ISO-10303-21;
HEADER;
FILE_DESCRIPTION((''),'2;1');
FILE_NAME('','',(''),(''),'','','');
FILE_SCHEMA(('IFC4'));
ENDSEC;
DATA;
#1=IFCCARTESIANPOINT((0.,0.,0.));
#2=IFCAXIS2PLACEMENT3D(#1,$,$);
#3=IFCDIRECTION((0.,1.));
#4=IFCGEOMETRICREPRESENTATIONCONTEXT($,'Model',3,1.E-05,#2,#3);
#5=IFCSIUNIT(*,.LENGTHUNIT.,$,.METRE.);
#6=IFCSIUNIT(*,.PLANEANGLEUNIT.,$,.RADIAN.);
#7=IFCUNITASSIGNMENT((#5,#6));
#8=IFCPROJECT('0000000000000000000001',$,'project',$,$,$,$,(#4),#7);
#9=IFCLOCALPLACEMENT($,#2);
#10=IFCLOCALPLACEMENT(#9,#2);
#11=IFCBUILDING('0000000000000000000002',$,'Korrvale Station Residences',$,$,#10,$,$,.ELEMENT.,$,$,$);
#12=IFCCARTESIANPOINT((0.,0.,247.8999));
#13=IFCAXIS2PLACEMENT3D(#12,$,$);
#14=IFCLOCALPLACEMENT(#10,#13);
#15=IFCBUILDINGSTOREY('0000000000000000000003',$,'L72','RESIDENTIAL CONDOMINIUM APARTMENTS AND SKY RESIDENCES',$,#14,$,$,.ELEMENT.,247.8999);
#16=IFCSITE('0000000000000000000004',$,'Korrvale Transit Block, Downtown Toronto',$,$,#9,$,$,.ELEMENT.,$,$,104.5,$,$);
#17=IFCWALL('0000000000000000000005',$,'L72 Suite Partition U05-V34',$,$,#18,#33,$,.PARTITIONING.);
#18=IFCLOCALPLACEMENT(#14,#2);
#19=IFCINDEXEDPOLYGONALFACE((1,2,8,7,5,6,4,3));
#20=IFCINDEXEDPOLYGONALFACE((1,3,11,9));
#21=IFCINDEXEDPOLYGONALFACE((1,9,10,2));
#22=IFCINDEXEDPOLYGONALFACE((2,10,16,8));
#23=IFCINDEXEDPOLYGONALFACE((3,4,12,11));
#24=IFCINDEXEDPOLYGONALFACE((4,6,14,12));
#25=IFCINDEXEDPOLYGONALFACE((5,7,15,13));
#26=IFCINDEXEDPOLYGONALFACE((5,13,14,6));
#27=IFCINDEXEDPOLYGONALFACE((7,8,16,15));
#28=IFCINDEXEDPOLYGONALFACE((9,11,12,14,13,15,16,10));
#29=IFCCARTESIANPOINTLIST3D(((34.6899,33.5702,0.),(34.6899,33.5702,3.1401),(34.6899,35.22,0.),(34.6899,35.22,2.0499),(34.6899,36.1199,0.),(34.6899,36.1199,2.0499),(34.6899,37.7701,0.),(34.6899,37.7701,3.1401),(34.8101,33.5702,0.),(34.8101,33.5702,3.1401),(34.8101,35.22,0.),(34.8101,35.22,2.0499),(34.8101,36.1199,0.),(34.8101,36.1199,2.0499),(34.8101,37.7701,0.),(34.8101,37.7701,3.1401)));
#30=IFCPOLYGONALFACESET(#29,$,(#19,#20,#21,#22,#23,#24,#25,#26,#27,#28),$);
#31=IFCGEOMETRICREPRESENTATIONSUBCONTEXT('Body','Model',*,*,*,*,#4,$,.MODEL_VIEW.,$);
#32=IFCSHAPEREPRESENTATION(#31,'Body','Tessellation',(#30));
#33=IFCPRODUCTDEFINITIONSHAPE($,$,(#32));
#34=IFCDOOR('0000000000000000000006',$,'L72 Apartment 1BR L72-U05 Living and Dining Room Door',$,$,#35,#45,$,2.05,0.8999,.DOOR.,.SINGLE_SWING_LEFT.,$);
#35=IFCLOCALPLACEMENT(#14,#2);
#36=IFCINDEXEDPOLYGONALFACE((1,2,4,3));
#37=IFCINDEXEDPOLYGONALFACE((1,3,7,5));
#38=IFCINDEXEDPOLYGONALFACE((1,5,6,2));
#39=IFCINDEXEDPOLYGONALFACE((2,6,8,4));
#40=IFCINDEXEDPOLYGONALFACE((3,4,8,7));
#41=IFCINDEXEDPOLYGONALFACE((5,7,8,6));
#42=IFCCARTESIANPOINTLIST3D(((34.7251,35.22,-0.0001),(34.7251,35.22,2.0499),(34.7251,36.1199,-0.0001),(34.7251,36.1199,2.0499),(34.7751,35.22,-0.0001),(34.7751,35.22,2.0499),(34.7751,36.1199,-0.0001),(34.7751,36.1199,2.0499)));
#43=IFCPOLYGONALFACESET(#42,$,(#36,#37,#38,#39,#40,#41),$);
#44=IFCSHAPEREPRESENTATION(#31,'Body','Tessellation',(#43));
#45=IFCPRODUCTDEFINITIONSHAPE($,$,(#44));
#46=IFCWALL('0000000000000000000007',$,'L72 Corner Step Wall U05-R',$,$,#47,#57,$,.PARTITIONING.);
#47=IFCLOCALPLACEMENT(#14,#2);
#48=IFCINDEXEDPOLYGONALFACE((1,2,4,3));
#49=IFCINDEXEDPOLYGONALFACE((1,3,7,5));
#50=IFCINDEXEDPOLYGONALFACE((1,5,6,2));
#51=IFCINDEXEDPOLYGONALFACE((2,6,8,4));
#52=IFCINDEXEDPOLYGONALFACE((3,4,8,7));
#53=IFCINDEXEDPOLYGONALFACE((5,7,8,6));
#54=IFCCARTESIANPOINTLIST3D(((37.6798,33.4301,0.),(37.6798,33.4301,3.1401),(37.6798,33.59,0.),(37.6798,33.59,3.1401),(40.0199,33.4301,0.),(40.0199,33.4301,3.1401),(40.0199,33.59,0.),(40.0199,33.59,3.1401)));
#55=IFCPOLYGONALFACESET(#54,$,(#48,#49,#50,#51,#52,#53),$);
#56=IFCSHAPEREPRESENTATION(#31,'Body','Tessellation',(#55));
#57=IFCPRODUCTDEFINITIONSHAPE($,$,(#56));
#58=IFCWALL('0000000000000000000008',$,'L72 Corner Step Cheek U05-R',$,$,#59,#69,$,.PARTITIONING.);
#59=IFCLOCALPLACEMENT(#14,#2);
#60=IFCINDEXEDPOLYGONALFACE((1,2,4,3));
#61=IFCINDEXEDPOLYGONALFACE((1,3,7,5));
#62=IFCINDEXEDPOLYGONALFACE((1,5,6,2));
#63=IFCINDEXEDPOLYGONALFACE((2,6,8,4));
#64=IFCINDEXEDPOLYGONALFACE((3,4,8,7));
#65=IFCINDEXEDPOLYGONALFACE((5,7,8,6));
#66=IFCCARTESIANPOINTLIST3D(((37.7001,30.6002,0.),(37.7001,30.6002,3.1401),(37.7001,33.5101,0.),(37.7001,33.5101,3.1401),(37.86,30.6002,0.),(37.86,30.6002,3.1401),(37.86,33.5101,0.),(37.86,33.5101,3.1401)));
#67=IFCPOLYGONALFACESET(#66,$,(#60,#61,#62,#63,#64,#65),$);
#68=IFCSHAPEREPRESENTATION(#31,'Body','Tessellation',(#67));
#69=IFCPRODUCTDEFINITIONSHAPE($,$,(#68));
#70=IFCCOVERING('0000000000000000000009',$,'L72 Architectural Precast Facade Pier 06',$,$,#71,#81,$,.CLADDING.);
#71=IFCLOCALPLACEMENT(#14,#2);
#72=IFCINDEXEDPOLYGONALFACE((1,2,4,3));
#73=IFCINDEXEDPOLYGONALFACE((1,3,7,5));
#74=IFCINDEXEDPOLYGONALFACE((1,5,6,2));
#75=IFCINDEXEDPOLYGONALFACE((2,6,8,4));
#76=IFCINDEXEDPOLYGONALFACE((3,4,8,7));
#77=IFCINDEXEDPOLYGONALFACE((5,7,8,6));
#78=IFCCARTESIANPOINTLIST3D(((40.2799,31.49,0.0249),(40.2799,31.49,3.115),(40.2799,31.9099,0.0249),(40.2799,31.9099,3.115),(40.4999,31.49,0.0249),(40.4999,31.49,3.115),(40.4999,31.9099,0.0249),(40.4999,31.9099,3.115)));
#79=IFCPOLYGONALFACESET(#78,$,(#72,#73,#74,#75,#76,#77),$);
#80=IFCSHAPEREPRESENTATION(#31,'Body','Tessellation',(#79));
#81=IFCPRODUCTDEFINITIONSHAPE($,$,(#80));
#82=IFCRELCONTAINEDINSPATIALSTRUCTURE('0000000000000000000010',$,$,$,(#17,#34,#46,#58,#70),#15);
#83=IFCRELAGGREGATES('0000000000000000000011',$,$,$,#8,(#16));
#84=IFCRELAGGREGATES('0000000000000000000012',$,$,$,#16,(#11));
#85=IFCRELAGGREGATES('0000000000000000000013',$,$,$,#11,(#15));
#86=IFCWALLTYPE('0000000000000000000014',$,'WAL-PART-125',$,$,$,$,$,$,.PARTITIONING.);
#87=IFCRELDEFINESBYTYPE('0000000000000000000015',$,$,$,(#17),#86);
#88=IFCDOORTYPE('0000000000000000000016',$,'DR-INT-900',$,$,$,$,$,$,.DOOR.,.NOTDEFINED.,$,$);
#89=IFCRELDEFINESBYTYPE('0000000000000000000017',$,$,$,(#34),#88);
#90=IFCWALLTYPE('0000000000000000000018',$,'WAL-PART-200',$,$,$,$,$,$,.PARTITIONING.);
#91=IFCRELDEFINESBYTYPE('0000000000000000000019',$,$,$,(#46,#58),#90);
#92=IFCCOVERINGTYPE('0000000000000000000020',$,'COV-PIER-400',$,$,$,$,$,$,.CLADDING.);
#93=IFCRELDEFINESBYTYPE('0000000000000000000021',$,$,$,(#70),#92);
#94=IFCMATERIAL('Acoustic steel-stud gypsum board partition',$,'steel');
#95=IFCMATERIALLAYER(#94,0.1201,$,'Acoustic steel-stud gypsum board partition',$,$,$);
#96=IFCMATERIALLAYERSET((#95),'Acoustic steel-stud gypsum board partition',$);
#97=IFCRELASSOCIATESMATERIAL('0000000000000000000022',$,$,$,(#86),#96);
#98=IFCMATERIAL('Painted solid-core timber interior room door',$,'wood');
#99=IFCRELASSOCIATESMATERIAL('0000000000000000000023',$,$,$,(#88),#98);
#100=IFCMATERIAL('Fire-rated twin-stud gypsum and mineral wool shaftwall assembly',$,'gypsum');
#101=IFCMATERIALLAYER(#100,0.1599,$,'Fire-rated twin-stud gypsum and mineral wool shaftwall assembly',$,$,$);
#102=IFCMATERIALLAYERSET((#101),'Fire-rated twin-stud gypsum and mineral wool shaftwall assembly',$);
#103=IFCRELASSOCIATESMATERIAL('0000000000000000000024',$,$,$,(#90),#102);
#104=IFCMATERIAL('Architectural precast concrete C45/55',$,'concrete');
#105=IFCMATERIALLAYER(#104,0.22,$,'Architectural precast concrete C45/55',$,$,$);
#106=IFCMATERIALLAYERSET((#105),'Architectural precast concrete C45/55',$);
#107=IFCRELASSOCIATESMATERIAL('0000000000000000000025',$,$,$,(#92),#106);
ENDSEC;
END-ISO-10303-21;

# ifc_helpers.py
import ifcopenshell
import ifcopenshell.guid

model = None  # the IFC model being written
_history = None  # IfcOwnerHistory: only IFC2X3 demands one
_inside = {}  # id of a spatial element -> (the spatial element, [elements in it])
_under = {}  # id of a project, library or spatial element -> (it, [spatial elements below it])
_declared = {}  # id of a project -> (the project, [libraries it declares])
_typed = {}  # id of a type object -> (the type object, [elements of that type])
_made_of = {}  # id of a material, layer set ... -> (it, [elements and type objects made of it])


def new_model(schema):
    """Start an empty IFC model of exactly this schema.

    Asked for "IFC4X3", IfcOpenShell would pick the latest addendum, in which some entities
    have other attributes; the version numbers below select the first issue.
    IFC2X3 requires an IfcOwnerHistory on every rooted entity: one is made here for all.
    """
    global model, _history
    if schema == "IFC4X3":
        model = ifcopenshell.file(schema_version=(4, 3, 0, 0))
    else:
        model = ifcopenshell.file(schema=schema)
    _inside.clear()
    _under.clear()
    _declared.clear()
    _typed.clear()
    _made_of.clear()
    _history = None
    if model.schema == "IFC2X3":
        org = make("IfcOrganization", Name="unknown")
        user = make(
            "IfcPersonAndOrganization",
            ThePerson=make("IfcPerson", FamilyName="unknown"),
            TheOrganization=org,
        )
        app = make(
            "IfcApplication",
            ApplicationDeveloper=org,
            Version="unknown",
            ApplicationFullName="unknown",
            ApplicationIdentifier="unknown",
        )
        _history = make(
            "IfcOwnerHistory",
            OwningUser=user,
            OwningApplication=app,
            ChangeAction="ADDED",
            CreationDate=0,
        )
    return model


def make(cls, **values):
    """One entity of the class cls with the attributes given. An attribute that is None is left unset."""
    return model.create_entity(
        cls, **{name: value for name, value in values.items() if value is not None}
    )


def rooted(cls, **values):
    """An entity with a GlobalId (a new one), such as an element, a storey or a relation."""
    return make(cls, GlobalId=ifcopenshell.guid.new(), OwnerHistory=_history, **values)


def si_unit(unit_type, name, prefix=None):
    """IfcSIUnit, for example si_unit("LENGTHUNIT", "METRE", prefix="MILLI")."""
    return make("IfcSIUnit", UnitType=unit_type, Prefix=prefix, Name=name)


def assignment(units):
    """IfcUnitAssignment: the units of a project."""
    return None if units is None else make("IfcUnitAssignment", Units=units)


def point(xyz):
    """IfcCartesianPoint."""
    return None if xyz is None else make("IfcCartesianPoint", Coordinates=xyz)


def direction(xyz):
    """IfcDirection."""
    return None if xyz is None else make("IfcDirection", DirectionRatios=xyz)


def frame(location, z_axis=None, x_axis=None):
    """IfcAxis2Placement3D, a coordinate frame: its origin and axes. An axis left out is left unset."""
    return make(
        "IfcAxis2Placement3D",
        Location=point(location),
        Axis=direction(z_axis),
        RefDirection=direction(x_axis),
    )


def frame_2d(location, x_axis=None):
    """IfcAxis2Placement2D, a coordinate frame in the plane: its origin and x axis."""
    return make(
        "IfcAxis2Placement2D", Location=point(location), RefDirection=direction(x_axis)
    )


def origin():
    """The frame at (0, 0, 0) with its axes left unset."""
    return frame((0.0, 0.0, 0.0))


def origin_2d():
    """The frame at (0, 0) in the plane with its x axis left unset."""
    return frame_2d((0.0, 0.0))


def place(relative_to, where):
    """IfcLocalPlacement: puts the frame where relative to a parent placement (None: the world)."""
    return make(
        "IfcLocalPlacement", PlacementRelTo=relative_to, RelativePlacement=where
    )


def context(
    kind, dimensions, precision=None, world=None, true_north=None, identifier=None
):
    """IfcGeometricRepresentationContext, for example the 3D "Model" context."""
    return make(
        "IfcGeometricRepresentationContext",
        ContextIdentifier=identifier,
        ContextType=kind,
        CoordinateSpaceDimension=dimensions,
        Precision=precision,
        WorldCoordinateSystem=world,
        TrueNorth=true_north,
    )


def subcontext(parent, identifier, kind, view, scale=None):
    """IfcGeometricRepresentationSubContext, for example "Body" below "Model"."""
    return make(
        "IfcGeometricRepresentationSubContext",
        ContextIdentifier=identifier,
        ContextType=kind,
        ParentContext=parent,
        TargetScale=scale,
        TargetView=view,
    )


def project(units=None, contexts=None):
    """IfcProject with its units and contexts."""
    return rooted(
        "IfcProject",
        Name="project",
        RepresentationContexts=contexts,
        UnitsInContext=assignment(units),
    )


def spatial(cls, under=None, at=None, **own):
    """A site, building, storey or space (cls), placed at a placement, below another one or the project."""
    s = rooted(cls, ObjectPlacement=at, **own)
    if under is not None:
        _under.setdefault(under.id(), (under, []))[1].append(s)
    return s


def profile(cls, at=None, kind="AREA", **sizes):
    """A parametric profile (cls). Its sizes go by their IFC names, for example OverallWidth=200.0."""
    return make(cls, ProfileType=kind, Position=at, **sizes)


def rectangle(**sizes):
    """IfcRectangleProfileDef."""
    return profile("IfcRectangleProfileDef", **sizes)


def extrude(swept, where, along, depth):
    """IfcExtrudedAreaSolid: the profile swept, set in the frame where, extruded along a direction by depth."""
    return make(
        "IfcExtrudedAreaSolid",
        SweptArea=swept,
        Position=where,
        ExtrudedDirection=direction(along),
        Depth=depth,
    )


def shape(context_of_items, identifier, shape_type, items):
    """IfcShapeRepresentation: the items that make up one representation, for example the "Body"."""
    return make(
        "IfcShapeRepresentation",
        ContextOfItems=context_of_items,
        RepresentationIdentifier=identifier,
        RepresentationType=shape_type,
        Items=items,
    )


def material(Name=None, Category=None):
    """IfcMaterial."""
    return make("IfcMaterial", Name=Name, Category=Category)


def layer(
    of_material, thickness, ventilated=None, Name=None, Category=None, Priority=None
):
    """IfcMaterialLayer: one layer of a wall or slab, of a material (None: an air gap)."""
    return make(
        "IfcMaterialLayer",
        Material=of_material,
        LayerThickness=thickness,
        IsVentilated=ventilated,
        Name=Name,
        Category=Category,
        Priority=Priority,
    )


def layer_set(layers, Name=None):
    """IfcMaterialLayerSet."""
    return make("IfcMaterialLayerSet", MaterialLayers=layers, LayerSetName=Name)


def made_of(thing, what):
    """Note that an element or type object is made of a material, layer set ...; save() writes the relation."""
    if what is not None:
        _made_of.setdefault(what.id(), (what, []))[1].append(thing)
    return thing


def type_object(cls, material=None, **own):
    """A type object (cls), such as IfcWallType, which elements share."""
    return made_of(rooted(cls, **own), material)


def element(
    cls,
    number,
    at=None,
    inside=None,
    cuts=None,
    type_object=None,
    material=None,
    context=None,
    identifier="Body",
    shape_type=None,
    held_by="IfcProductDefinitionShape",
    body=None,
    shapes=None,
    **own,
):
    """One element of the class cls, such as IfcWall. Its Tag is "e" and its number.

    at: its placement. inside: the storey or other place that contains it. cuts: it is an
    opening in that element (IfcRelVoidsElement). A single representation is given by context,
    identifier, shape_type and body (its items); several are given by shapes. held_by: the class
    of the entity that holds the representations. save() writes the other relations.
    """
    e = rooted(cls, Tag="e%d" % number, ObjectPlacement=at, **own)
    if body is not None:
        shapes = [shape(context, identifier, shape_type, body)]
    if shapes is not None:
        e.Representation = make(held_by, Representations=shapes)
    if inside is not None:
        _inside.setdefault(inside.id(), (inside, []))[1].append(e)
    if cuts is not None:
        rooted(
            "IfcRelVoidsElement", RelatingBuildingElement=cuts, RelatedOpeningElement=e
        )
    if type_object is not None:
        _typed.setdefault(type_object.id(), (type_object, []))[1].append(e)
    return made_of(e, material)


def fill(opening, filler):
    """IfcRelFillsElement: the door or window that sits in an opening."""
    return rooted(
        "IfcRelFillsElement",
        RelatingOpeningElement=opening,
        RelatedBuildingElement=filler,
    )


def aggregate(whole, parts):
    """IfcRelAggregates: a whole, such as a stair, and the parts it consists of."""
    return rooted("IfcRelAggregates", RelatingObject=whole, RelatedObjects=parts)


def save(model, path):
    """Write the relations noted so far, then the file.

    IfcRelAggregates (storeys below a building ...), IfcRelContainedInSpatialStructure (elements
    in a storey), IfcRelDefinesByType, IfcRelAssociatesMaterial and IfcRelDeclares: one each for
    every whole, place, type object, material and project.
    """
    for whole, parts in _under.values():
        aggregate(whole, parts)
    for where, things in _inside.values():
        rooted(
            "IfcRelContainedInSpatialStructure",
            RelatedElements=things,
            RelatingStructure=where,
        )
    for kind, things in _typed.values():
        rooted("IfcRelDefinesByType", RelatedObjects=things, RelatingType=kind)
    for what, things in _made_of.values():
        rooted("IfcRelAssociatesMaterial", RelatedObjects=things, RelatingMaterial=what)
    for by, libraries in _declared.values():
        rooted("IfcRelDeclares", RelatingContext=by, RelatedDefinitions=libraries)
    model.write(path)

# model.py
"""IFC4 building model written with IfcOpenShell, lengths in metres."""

from ifc_helpers import new_model, si_unit, direction, frame, frame_2d, origin, origin_2d, place, context, subcontext, project, spatial, rectangle, extrude, material, layer, layer_set, type_object, element, fill, save


model = new_model("IFC4")

# Units and contexts
model_context = context("Model", 3, precision=1e-05, world=origin(), true_north=direction((0.0, 1.0)))
body_context = subcontext(model_context, "Body", "Model", "MODEL_VIEW")
ifc_project = project(units=[si_unit("LENGTHUNIT", "METRE"), si_unit("PLANEANGLEUNIT", "RADIAN")], contexts=[model_context])

# Site, building, storey
site_placement = place(None, origin())
site = spatial("IfcSite", under=ifc_project, at=site_placement, Name="Korrvale Transit Block, Downtown Toronto", CompositionType="ELEMENT", RefElevation=104.5)
building_placement = place(site_placement, origin())
building = spatial("IfcBuilding", under=site, at=building_placement, Name="Korrvale Station Residences", CompositionType="ELEMENT")
storey_placement = place(building_placement, frame((0.0, 0.0, 247.8999)))
storey = spatial("IfcBuildingStorey", under=building, at=storey_placement, Name="L72", Description="RESIDENTIAL CONDOMINIUM APARTMENTS AND SKY RESIDENCES", CompositionType="ELEMENT", Elevation=247.8999)

# Wall, opening, door
ifc_material_1 = material(Name="Acoustic steel-stud gypsum board partition", Category="steel")
ifc_layer_1 = layer(ifc_material_1, 0.1201, Name="Acoustic steel-stud gypsum board partition")
ifc_layer_set_1 = layer_set([ifc_layer_1], Name="Acoustic steel-stud gypsum board partition")
wall_type_1 = type_object("IfcWallType", Name="WAL-PART-125", PredefinedType="PARTITIONING", material=ifc_layer_set_1)
ifc_material_2 = material(Name="Painted solid-core timber interior room door", Category="wood")
door_type = type_object("IfcDoorType", Name="DR-INT-900", OperationType="NOTDEFINED", PredefinedType="DOOR", material=ifc_material_2)
wall_1_placement = place(storey_placement, frame((34.75, 33.5701, 0.0), z_axis=(0.0, 0.0, 1.0), x_axis=(0.0, 1.0, 0.0)))
wall_1 = element("IfcWall", 1, at=wall_1_placement, inside=storey, type_object=wall_type_1, Name="L72 Suite Partition U05-V34", PredefinedType="PARTITIONING", context=body_context, shape_type="SweptSolid", body=[
    extrude(rectangle(XDim=4.2, YDim=0.1201, at=frame_2d((2.1001, 0.0))), origin(), (0.0, 0.0, 1.0), 3.1401),
])
opening_1_placement = place(wall_1_placement, frame((1.6499, 0.0, 0.0)))
opening_1 = element("IfcOpeningElement", 2, at=opening_1_placement, cuts=wall_1, PredefinedType="OPENING", context=body_context, shape_type="SweptSolid", body=[
    extrude(rectangle(XDim=0.8999, YDim=2.05, at=frame_2d((0.45, 1.0249))), frame((0.0, 0.0701, 0.0), z_axis=(0.0, -1.0, 0.0), x_axis=(1.0, 0.0, 0.0)), (0.0, 0.0, 1.0), 0.1401),
])
door_1_placement = place(opening_1_placement, origin())
door_1 = element("IfcDoor", 3, at=door_1_placement, inside=storey, type_object=door_type, Name="L72 Apartment 1BR L72-U05 Living and Dining Room Door", OperationType="SINGLE_SWING_LEFT", OverallHeight=2.05, OverallWidth=0.8999, PredefinedType="DOOR", context=body_context, shape_type="SweptSolid", body=[
    extrude(rectangle(XDim=0.8999, YDim=2.05, at=frame_2d((0.45, 1.0249))), frame((0.0, 0.0249, 0.0), z_axis=(0.0, -1.0, 0.0), x_axis=(1.0, 0.0, 0.0)), (0.0, 0.0, 1.0), 0.05),
])
fill(opening_1, door_1)

# Walls
ifc_material_3 = material(Name="Fire-rated twin-stud gypsum and mineral wool shaftwall assembly", Category="gypsum")
ifc_layer_2 = layer(ifc_material_3, 0.1599, Name="Fire-rated twin-stud gypsum and mineral wool shaftwall assembly")
ifc_layer_set_2 = layer_set([ifc_layer_2], Name="Fire-rated twin-stud gypsum and mineral wool shaftwall assembly")
wall_type_2 = type_object("IfcWallType", Name="WAL-PART-200", PredefinedType="PARTITIONING", material=ifc_layer_set_2)
wall_2_placement = place(storey_placement, frame((37.6799, 33.51, 0.0), z_axis=(0.0, 0.0, 1.0), x_axis=(1.0, 0.0, 0.0)))
element("IfcWall", 4, at=wall_2_placement, inside=storey, type_object=wall_type_2, Name="L72 Corner Step Wall U05-R", PredefinedType="PARTITIONING", context=body_context, shape_type="SweptSolid", body=[
    extrude(rectangle(XDim=2.3401, YDim=0.1599, at=frame_2d((1.1699, 0.0))), origin(), (0.0, 0.0, 1.0), 3.1401),
])
wall_3_placement = place(storey_placement, frame((37.78, 30.6001, 0.0), z_axis=(0.0, 0.0, 1.0), x_axis=(0.0, 1.0, 0.0)))
element("IfcWall", 5, at=wall_3_placement, inside=storey, type_object=wall_type_2, Name="L72 Corner Step Cheek U05-R", PredefinedType="PARTITIONING", context=body_context, shape_type="SweptSolid", body=[
    extrude(rectangle(XDim=2.9099, YDim=0.1599, at=frame_2d((1.4551, 0.0))), origin(), (0.0, 0.0, 1.0), 3.1401),
])

# Covering
ifc_material_4 = material(Name="Architectural precast concrete C45/55", Category="concrete")
ifc_layer_3 = layer(ifc_material_4, 0.22, Name="Architectural precast concrete C45/55")
ifc_layer_set_3 = layer_set([ifc_layer_3], Name="Architectural precast concrete C45/55")
covering_type = type_object("IfcCoveringType", Name="COV-PIER-400", PredefinedType="CLADDING", material=ifc_layer_set_3)
covering_placement = place(storey_placement, frame((40.3899, 31.7, 0.0249), z_axis=(0.0, 0.0, 1.0), x_axis=(0.0, 1.0, 0.0)))
element("IfcCovering", 6, at=covering_placement, inside=storey, type_object=covering_type, Name="L72 Architectural Precast Facade Pier 06", PredefinedType="CLADDING", context=body_context, shape_type="SweptSolid", body=[
    extrude(rectangle(XDim=0.4199, YDim=0.22, at=origin_2d()), origin(), (0.0, 0.0, 1.0), 3.0901),
])

save(model, "model.ifc")
